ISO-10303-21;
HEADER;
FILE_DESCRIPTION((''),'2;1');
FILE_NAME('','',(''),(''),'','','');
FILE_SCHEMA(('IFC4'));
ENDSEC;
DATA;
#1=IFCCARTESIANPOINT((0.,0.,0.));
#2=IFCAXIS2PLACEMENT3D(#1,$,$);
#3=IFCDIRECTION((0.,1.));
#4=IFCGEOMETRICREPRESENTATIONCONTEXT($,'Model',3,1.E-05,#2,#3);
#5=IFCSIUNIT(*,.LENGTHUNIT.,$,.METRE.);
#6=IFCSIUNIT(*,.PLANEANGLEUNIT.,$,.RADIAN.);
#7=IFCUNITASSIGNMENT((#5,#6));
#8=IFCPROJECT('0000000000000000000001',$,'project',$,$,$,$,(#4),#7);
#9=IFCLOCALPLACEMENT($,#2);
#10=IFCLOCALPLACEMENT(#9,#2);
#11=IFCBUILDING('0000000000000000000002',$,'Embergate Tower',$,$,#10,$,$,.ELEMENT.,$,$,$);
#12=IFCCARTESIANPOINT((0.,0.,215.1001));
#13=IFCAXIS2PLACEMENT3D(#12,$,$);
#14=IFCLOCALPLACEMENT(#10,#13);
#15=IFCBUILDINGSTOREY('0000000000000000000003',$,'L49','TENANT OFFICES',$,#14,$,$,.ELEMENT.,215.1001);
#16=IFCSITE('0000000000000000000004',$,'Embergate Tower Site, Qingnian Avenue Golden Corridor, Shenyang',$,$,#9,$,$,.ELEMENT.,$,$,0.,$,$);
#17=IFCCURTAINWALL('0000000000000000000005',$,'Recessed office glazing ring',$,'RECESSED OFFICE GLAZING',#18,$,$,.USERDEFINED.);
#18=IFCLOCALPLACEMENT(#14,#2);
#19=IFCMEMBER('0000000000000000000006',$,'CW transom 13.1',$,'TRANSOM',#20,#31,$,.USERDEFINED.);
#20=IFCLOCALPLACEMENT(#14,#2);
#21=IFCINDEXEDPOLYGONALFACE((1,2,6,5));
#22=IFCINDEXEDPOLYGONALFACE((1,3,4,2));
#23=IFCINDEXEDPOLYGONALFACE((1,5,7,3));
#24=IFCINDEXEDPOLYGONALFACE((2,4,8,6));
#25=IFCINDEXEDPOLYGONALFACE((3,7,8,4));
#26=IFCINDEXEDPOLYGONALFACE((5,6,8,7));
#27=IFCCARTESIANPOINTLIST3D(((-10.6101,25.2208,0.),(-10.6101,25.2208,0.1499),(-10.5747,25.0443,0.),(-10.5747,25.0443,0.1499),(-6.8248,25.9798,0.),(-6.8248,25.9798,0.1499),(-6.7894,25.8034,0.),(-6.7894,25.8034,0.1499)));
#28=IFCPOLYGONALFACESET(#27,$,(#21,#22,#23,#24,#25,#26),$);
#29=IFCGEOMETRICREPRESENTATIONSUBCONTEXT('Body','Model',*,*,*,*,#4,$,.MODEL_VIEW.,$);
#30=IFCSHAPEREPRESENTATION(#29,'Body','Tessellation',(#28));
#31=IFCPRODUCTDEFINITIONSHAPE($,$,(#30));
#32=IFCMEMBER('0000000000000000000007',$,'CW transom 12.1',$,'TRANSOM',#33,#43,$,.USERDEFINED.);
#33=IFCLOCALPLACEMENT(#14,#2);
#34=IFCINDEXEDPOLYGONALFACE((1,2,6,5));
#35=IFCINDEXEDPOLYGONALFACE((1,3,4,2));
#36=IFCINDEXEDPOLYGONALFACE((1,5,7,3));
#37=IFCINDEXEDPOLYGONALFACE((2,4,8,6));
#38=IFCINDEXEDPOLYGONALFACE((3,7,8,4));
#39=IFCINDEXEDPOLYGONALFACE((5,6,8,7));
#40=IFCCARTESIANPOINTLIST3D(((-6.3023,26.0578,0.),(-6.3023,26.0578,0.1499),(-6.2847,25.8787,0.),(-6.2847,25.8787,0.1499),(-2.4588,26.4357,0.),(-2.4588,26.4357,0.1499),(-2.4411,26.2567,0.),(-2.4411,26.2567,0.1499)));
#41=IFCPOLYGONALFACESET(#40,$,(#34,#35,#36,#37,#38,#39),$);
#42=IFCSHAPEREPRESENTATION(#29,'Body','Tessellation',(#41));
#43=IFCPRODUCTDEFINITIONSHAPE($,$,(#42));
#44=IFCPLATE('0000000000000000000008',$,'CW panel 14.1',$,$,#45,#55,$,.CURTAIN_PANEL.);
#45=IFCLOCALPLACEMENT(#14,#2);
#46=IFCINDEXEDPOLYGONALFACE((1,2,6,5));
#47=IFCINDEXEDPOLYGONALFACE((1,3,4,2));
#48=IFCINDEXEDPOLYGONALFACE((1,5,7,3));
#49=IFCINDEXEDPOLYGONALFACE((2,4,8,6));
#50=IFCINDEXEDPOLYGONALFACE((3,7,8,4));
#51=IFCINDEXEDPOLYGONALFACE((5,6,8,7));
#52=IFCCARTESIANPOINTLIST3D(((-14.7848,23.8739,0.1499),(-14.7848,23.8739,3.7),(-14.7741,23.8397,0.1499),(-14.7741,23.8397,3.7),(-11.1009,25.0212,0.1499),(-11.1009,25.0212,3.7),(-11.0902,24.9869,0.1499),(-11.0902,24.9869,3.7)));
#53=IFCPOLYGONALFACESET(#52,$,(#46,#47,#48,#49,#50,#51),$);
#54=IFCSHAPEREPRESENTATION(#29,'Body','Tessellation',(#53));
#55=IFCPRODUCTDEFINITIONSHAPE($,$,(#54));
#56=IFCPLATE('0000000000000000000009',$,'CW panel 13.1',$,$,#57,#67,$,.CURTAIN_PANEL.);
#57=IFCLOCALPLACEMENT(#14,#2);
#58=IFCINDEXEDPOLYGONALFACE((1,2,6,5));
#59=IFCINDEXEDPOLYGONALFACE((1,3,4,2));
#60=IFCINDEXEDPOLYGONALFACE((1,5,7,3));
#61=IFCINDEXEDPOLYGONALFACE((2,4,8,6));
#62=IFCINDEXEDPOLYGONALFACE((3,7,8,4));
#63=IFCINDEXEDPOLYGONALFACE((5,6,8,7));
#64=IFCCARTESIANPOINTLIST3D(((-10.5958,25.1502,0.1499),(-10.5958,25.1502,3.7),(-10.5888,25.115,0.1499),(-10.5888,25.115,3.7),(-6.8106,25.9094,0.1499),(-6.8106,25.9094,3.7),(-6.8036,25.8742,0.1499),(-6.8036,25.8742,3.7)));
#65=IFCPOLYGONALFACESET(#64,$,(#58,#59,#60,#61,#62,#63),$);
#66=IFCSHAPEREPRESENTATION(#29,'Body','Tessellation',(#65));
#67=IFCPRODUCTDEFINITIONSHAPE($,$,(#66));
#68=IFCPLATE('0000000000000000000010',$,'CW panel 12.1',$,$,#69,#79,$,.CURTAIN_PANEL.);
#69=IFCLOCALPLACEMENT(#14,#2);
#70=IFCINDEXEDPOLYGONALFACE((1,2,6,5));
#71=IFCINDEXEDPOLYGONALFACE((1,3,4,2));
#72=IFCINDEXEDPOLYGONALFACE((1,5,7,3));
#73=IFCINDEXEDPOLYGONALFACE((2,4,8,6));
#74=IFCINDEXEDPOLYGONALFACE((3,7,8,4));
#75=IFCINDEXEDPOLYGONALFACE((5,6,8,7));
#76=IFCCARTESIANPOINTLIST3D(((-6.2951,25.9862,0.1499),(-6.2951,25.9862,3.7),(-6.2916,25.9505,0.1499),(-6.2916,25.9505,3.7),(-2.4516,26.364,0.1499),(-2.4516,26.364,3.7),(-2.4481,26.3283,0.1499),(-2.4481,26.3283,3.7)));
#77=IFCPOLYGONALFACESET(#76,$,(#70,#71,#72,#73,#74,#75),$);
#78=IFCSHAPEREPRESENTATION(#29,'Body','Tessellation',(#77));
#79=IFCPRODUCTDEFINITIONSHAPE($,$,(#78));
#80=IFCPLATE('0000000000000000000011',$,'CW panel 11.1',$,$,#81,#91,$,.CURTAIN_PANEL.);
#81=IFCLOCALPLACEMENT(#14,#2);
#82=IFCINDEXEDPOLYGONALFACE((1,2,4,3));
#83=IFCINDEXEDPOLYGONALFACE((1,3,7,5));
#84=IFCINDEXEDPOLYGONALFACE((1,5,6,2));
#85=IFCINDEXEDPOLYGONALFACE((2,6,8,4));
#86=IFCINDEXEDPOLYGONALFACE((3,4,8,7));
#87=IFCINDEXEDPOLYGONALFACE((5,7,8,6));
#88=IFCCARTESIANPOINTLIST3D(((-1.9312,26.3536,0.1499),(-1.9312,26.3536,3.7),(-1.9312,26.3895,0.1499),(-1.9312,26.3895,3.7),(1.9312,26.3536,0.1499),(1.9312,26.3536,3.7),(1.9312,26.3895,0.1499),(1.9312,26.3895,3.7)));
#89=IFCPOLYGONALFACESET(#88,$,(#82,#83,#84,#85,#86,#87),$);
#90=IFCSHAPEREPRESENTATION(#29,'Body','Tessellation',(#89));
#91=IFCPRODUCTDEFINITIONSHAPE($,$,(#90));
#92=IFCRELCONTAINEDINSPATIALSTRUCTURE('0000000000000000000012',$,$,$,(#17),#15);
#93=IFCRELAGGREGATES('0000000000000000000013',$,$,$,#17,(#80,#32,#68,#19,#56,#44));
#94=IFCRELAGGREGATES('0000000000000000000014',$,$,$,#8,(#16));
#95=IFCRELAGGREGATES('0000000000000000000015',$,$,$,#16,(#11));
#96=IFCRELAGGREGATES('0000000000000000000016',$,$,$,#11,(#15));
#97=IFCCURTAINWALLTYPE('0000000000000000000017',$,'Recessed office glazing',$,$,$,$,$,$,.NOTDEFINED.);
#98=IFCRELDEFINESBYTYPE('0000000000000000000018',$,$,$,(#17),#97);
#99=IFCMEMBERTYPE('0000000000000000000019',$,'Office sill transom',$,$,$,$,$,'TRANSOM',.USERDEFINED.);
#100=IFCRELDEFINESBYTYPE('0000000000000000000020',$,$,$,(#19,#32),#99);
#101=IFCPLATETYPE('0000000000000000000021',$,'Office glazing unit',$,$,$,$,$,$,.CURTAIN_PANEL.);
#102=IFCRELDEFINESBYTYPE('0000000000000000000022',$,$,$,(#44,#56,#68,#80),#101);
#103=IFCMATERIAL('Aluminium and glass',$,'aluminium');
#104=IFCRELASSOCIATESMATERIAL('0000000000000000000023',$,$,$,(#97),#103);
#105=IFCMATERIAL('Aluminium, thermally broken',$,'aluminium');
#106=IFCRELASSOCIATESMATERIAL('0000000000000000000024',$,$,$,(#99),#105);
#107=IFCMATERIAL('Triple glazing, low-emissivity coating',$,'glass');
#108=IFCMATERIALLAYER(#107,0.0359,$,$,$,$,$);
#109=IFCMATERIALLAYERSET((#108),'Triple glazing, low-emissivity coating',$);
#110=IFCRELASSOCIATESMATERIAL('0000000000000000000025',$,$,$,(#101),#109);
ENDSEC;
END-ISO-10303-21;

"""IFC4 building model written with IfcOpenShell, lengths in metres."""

from ifc_helpers import new_model, si_unit, direction, frame, origin, origin_2d, place, context, subcontext, project, spatial, rectangle, extrude, source, transform, mapped, material, layer, layer_set, material_profile, profile_set, type_object, element, aggregate, save


model = new_model("IFC4")

# Units and contexts
model_context = context("Model", 3, precision=1e-05, world=origin(), true_north=direction((0.0, 1.0)))
body_context = subcontext(model_context, "Body", "Model", "MODEL_VIEW")
ifc_project = project(units=[si_unit("LENGTHUNIT", "METRE"), si_unit("PLANEANGLEUNIT", "RADIAN")], contexts=[model_context])

# Site, building, storey
site_placement = place(None, origin())
site = spatial("IfcSite", under=ifc_project, at=site_placement, Name="Embergate Tower Site, Qingnian Avenue Golden Corridor, Shenyang", CompositionType="ELEMENT", RefElevation=0.0)
building_placement = place(site_placement, origin())
building = spatial("IfcBuilding", under=site, at=building_placement, Name="Embergate Tower", CompositionType="ELEMENT")
storey_placement = place(building_placement, frame((0.0, 0.0, 215.1001)))
storey = spatial("IfcBuildingStorey", under=building, at=storey_placement, Name="L49", Description="TENANT OFFICES", CompositionType="ELEMENT", Elevation=215.1001)

# Curtain wall, members, plates
ifc_material_1 = material(Name="Aluminium and glass", Category="aluminium")
curtain_wall_type = type_object("IfcCurtainWallType", Name="Recessed office glazing", PredefinedType="NOTDEFINED", material=ifc_material_1)
curtain_wall_placement = place(storey_placement, origin())
curtain_wall = element("IfcCurtainWall", 1, at=curtain_wall_placement, inside=storey, type_object=curtain_wall_type, Name="Recessed office glazing ring", ObjectType="RECESSED OFFICE GLAZING", PredefinedType="USERDEFINED")
ifc_material_2 = material(Name="Aluminium, thermally broken", Category="aluminium")
ifc_material_profile_1 = material_profile(ifc_material_2, rectangle(XDim=0.1799, YDim=0.1499, at=origin_2d()), Name="AL 150x180")
ifc_profile_set_1 = profile_set([ifc_material_profile_1], Name="Aluminium, thermally broken")
member_type_1 = type_object("IfcMemberType", Name="Office sill transom", ElementType="TRANSOM", PredefinedType="USERDEFINED", material=ifc_profile_set_1)
shared_shape_1 = source(origin(), body_context, "Body", "SweptSolid", [
    extrude(rectangle(XDim=0.1799, YDim=0.1499, at=origin_2d()), origin(), (0.0, 0.0, 1.0), 3.8606),
])
member_1_placement = place(storey_placement, frame((-6.8071, 25.8916, 0.075), z_axis=(-0.980481, -0.196615, 0.0), x_axis=(0.196615, -0.980481, 0.0)))
member_1 = element("IfcMember", 2, at=member_1_placement, type_object=member_type_1, Name="CW transom 13.1", ObjectType="TRANSOM", PredefinedType="USERDEFINED", context=body_context, shape_type="MappedRepresentation", body=[
    mapped(shared_shape_1, transform((0.0, 0.0, 0.0))),
])
shared_shape_2 = source(origin(), body_context, "Body", "SweptSolid", [
    extrude(rectangle(XDim=0.1799, YDim=0.1499, at=origin_2d()), origin(), (0.0, 0.0, 1.0), 3.8621),
])
member_2_placement = place(storey_placement, frame((-2.45, 26.3462, 0.075), z_axis=(-0.9952, -0.097857, 0.0), x_axis=(0.097857, -0.9952, 0.0)))
member_2 = element("IfcMember", 3, at=member_2_placement, type_object=member_type_1, Name="CW transom 12.1", ObjectType="TRANSOM", PredefinedType="USERDEFINED", context=body_context, shape_type="MappedRepresentation", body=[
    mapped(shared_shape_2, transform((0.0, 0.0, 0.0))),
])
ifc_material_3 = material(Name="Triple glazing, low-emissivity coating", Category="glass")
ifc_layer_1 = layer(ifc_material_3, 0.0359)
ifc_layer_set_1 = layer_set([ifc_layer_1], Name="Triple glazing, low-emissivity coating")
plate_type = type_object("IfcPlateType", Name="Office glazing unit", PredefinedType="CURTAIN_PANEL", material=ifc_layer_set_1)
shared_shape_3 = source(origin(), body_context, "Body", "SweptSolid", [
    extrude(rectangle(XDim=3.8584, YDim=0.0359, at=origin_2d()), origin(), (0.0, 0.0, 1.0), 3.55),
])
plate_1_placement = place(storey_placement, frame((-12.9375, 24.4304, 0.1499), z_axis=(0.0, 0.0, 1.0), x_axis=(-0.954771, -0.297343, 0.0)))
plate_1 = element("IfcPlate", 4, at=plate_1_placement, type_object=plate_type, Name="CW panel 14.1", PredefinedType="CURTAIN_PANEL", context=body_context, shape_type="MappedRepresentation", body=[
    mapped(shared_shape_3, transform((0.0, 0.0, 0.0))),
])
shared_shape_4 = source(origin(), body_context, "Body", "SweptSolid", [
    extrude(rectangle(XDim=3.8606, YDim=0.0359, at=origin_2d()), origin(), (0.0, 0.0, 1.0), 3.55),
])
plate_2_placement = place(storey_placement, frame((-8.6997, 25.5122, 0.1499), z_axis=(0.0, 0.0, 1.0), x_axis=(-0.980475, -0.196643, 0.0)))
plate_2 = element("IfcPlate", 5, at=plate_2_placement, type_object=plate_type, Name="CW panel 13.1", PredefinedType="CURTAIN_PANEL", context=body_context, shape_type="MappedRepresentation", body=[
    mapped(shared_shape_4, transform((0.0, 0.0, 0.0))),
])
shared_shape_5 = source(origin(), body_context, "Body", "SweptSolid", [
    extrude(rectangle(XDim=3.8621, YDim=0.0359, at=origin_2d()), origin(), (0.0, 0.0, 1.0), 3.55),
])
plate_3_placement = place(storey_placement, frame((-4.3716, 26.1572, 0.1499), z_axis=(0.0, 0.0, 1.0), x_axis=(-0.995203, -0.097831, 0.0)))
plate_3 = element("IfcPlate", 6, at=plate_3_placement, type_object=plate_type, Name="CW panel 12.1", PredefinedType="CURTAIN_PANEL", context=body_context, shape_type="MappedRepresentation", body=[
    mapped(shared_shape_5, transform((0.0, 0.0, 0.0))),
])
shared_shape_6 = source(origin(), body_context, "Body", "SweptSolid", [
    extrude(rectangle(XDim=3.8623, YDim=0.0359, at=origin_2d()), origin(), (0.0, 0.0, 1.0), 3.55),
])
plate_4_placement = place(storey_placement, frame((0.0, 26.3716, 0.1499), z_axis=(0.0, 0.0, 1.0), x_axis=(-1.0, 0.0, 0.0)))
plate_4 = element("IfcPlate", 7, at=plate_4_placement, type_object=plate_type, Name="CW panel 11.1", PredefinedType="CURTAIN_PANEL", context=body_context, shape_type="MappedRepresentation", body=[
    mapped(shared_shape_6, transform((0.0, 0.0, 0.0))),
])
aggregate(curtain_wall, [plate_4, member_2, plate_3, member_1, plate_2, plate_1])

save(model, "model.ifc")
